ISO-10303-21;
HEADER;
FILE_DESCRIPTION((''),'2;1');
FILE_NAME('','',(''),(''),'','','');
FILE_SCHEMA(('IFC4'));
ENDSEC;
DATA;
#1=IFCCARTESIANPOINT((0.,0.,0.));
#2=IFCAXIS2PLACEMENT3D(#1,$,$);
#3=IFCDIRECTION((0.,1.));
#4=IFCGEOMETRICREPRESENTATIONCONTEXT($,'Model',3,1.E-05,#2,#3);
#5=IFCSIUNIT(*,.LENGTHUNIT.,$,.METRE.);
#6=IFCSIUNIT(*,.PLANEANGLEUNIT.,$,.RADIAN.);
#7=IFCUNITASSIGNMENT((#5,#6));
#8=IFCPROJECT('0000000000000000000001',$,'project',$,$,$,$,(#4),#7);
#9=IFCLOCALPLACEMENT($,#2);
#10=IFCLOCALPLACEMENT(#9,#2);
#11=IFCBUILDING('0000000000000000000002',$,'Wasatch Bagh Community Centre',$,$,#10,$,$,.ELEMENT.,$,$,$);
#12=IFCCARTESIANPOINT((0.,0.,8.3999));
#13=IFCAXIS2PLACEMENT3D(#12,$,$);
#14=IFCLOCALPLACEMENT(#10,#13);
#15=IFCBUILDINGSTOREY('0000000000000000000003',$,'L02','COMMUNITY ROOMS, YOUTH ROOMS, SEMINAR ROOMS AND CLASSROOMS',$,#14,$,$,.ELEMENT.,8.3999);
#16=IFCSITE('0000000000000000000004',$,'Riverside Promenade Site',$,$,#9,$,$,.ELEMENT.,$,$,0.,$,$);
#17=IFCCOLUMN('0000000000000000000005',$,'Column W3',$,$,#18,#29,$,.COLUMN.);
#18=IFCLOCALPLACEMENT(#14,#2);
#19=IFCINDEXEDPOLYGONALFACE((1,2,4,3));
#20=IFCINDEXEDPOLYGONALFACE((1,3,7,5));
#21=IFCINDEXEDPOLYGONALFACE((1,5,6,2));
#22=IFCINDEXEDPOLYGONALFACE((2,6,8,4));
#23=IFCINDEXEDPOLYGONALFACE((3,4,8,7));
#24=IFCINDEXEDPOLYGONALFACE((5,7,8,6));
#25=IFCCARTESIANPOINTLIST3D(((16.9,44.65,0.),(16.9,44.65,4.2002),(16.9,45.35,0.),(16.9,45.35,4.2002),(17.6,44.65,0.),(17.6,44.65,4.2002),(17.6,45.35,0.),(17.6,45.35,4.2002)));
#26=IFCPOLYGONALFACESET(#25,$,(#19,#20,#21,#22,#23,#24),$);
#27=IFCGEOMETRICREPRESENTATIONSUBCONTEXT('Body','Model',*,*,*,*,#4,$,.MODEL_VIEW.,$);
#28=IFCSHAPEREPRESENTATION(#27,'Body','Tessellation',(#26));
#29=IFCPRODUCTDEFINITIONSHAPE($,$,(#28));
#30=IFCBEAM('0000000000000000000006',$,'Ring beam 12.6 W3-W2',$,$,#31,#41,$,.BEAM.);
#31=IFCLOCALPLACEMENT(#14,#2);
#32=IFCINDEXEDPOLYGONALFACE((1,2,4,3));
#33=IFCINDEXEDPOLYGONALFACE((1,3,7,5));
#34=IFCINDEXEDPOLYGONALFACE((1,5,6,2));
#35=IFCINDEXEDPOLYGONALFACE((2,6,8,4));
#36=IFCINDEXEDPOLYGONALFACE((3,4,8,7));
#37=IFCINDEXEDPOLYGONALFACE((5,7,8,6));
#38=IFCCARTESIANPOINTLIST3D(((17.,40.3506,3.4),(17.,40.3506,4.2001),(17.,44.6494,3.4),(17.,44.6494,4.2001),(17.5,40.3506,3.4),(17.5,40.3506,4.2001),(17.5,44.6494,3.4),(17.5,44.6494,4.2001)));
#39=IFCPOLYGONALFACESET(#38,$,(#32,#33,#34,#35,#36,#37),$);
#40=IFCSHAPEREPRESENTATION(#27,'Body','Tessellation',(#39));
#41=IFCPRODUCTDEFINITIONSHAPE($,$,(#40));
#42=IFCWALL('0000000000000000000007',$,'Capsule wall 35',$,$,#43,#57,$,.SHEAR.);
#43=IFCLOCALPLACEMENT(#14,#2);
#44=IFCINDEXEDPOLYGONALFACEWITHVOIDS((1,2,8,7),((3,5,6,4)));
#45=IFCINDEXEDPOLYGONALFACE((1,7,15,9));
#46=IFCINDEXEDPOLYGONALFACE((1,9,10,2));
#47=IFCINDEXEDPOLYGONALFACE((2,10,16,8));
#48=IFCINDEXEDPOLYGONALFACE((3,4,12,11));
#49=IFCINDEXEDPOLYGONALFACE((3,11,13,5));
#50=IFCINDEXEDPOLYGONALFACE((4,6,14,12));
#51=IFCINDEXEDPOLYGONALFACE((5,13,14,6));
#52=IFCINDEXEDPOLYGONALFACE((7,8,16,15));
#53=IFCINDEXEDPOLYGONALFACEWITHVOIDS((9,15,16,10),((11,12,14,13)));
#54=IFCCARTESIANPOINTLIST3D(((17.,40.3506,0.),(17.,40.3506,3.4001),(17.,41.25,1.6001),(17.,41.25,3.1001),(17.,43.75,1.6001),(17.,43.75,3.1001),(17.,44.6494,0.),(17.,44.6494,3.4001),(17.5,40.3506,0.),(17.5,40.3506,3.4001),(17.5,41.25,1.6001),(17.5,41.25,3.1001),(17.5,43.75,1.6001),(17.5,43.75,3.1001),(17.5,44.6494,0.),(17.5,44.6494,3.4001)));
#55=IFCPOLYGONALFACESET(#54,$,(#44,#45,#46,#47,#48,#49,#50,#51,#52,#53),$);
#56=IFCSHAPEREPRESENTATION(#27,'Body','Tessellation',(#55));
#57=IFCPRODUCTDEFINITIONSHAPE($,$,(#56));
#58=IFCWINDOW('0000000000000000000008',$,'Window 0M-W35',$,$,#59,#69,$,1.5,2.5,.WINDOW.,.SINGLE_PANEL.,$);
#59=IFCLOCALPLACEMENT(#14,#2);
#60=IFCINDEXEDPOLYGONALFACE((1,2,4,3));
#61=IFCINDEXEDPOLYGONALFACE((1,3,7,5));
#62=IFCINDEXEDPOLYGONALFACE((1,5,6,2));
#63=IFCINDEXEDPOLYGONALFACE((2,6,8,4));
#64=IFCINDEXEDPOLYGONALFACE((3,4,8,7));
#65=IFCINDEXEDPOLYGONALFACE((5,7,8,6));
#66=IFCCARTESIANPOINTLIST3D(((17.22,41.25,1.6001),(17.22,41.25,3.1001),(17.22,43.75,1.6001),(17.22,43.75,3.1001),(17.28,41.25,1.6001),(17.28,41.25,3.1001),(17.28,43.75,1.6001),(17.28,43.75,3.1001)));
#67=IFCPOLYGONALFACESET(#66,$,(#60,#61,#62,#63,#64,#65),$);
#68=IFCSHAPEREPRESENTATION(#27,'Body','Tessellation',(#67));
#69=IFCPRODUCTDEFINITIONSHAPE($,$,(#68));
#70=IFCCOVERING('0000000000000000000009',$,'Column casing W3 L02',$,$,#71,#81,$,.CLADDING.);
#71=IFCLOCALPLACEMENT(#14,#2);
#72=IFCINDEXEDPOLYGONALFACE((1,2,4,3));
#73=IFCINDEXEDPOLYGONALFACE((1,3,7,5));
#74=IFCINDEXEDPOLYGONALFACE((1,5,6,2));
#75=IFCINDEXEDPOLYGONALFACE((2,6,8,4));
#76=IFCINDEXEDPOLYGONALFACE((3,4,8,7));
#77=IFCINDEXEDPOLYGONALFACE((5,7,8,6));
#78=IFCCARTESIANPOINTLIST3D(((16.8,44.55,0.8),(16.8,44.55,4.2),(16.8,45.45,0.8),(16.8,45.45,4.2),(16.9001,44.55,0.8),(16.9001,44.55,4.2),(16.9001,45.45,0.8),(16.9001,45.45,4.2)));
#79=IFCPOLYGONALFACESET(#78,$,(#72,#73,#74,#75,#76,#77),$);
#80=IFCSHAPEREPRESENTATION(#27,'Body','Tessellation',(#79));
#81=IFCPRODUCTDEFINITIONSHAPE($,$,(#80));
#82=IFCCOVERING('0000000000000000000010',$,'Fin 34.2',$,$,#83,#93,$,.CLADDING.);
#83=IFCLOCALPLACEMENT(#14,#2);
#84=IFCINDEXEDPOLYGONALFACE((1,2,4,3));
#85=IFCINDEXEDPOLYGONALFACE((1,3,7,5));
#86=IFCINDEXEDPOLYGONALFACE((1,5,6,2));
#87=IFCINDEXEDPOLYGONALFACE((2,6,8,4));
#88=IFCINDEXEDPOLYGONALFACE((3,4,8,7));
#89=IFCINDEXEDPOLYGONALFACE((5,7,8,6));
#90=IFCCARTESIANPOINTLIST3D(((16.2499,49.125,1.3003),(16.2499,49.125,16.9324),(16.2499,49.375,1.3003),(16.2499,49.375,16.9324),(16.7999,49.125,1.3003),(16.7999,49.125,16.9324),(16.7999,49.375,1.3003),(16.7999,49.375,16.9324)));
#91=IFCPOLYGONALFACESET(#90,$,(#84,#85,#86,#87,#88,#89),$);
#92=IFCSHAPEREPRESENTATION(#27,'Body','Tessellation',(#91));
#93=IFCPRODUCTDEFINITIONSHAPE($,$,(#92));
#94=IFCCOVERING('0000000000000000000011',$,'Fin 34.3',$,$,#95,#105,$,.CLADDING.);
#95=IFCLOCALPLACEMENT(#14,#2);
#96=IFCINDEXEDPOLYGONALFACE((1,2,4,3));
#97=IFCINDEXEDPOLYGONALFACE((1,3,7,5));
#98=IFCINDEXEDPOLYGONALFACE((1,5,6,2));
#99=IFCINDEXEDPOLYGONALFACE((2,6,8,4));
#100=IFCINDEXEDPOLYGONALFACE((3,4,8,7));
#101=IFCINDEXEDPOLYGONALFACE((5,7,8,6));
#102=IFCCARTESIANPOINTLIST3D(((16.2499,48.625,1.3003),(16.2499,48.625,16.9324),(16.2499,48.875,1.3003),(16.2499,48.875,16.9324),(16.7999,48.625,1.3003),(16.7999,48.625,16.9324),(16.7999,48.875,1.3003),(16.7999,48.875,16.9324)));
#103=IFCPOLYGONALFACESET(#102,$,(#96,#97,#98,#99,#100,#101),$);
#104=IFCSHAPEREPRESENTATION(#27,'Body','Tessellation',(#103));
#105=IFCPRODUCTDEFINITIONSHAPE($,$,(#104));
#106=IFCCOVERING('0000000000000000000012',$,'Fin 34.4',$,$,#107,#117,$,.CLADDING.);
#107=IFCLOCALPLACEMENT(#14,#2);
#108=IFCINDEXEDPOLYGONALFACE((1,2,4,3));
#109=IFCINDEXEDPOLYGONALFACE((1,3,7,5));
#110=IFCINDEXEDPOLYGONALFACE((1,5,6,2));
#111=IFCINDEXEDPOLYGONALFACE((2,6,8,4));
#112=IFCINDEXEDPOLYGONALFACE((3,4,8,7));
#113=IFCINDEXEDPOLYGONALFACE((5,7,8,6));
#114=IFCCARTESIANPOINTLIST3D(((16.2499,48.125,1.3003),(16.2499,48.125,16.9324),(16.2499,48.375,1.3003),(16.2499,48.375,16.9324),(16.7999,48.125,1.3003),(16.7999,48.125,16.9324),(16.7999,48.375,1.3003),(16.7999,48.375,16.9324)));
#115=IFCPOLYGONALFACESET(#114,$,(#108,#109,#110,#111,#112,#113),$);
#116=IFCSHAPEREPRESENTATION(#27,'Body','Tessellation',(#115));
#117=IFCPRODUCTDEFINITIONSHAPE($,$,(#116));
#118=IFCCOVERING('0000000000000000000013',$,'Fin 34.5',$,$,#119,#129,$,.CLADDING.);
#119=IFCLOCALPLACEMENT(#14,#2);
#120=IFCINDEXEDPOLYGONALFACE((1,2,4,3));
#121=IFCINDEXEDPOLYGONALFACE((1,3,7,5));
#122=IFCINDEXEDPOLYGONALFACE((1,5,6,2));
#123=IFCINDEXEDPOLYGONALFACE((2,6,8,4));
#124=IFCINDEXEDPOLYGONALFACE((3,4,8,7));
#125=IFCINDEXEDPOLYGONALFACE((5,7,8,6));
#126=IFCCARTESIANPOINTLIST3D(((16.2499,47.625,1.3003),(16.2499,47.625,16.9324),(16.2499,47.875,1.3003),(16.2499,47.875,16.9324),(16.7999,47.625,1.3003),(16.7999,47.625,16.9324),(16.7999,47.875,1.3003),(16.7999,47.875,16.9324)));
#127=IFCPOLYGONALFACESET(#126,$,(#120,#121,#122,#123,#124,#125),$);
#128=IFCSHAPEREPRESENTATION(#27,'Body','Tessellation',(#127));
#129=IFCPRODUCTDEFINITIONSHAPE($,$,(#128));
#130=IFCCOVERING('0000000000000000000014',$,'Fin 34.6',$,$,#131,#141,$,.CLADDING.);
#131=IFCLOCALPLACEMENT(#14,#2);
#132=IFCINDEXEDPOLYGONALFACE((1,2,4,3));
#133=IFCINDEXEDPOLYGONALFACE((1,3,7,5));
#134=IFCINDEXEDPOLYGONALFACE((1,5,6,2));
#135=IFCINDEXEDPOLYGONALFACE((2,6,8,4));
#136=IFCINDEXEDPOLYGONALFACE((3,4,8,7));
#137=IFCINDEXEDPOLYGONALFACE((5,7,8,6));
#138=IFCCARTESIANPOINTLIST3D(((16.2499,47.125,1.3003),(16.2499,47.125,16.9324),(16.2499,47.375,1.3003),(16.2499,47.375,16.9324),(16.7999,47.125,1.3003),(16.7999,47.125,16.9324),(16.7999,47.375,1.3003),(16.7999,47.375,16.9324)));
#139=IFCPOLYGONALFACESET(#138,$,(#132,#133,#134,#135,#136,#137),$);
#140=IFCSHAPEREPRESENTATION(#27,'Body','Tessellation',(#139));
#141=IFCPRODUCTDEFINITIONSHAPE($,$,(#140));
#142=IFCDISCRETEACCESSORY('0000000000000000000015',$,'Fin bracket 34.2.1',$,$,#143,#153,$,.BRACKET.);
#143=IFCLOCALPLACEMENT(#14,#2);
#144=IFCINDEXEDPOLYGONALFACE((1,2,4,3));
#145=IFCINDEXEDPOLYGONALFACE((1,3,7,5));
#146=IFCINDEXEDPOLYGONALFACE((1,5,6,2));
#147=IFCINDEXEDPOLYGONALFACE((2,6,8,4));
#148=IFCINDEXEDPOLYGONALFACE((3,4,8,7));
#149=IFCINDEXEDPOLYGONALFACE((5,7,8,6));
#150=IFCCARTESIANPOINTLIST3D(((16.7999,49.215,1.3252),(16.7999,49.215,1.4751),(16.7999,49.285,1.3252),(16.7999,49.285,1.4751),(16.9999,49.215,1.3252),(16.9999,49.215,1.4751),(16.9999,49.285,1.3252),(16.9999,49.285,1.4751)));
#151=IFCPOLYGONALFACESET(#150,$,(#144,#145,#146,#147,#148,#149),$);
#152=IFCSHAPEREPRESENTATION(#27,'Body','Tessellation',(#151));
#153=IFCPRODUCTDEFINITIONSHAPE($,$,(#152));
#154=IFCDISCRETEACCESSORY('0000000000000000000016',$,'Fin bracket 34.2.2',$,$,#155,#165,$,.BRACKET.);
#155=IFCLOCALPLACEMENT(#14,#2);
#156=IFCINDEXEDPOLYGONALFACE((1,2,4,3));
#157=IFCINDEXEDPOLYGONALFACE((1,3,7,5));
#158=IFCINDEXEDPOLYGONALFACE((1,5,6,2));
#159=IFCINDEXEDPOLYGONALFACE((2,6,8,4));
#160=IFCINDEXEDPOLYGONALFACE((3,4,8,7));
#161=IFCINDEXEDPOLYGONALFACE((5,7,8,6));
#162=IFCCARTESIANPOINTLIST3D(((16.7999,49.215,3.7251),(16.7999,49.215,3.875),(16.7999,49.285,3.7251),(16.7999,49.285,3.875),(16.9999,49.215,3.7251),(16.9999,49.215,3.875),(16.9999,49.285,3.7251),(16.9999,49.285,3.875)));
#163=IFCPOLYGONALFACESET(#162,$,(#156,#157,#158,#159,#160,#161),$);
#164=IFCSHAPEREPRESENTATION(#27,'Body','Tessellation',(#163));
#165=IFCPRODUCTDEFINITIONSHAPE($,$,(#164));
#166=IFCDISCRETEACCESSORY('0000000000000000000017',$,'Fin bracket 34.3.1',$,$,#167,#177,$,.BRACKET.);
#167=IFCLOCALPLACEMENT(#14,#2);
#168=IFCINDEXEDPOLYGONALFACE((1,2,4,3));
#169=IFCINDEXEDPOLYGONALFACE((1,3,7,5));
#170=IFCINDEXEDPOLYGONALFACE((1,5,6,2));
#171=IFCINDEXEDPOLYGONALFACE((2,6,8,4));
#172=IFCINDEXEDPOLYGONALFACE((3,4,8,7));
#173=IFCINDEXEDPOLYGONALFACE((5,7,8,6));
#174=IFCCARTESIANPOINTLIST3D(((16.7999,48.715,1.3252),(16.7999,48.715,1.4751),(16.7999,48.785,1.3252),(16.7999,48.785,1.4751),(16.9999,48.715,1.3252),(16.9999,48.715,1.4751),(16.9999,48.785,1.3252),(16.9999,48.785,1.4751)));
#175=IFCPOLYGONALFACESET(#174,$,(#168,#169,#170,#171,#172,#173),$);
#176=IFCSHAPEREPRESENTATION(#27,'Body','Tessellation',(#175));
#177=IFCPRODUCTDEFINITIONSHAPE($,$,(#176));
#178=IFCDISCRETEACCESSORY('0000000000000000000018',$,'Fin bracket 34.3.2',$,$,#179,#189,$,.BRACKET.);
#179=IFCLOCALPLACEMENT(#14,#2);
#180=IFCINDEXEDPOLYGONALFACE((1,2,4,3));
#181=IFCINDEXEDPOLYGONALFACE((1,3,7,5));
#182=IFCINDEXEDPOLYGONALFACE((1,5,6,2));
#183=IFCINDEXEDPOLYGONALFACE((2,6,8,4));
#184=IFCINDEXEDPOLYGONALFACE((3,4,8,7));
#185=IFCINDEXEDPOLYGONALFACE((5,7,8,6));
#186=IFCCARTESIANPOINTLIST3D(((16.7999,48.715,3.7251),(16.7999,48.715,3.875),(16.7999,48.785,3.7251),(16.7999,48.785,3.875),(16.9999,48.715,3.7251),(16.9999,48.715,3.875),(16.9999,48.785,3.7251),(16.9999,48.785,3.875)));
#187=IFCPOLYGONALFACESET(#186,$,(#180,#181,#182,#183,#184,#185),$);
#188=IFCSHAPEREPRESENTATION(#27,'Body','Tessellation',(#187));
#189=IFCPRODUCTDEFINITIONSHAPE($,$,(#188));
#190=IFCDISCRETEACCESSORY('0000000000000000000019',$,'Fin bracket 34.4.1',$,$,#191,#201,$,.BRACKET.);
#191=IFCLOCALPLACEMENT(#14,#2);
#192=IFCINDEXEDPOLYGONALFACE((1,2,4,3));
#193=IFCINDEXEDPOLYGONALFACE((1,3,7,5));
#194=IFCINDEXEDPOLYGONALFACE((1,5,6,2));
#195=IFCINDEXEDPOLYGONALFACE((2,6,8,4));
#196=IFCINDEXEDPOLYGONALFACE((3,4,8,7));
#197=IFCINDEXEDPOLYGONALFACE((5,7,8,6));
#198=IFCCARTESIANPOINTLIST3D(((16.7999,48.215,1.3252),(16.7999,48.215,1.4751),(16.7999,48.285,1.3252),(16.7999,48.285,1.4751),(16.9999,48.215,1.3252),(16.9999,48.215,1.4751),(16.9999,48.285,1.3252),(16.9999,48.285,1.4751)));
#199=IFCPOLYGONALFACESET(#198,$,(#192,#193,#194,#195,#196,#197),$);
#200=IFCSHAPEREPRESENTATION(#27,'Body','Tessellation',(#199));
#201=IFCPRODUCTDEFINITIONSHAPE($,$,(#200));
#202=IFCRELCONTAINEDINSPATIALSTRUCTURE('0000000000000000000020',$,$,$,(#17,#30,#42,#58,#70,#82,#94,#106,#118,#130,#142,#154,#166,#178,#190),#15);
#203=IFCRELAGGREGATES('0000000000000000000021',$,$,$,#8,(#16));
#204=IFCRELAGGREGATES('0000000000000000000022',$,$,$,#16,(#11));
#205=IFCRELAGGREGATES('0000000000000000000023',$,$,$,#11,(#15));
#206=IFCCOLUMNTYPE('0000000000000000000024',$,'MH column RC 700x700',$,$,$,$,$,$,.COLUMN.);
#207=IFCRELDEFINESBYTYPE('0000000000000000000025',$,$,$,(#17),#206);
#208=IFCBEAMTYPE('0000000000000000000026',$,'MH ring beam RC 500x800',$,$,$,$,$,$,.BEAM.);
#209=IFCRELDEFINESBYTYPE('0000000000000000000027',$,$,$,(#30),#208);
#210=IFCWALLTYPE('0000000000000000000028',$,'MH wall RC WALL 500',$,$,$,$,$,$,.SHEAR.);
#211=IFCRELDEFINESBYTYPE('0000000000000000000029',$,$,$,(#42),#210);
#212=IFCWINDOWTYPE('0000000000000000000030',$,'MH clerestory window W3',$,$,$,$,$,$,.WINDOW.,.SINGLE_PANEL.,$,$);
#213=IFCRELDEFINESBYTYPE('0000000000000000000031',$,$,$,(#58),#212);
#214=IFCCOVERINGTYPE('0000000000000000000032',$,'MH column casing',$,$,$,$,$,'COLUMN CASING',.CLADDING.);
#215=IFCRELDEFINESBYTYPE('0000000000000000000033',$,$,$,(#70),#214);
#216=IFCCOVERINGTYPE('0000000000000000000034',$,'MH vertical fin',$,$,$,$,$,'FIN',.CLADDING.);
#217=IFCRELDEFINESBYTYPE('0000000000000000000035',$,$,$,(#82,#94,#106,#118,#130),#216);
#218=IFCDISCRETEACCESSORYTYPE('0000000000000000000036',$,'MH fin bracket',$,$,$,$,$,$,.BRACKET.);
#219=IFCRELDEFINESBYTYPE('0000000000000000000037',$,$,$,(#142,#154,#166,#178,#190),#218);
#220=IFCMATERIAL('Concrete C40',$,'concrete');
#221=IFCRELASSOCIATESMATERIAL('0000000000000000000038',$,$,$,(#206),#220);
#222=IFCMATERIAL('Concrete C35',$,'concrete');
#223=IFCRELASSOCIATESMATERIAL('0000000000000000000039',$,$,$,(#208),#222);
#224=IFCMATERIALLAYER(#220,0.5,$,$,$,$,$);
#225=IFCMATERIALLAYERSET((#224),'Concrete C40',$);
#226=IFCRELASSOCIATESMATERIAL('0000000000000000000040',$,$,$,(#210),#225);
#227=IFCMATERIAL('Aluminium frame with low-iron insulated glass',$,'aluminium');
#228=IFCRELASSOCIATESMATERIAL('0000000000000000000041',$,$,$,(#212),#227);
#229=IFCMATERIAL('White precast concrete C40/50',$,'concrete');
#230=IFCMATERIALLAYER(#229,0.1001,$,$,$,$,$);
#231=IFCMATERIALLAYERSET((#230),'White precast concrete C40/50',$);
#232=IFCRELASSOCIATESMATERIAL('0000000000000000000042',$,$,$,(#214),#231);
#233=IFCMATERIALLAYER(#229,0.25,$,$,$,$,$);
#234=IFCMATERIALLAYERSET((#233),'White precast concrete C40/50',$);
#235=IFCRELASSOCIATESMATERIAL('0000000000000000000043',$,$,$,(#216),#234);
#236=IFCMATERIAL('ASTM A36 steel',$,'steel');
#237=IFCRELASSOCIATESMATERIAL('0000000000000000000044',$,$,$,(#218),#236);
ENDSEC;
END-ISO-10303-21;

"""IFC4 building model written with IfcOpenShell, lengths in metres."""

from ifc_helpers import new_model, si_unit, direction, frame, frame_2d, origin, origin_2d, place, context, subcontext, project, spatial, rectangle, extrude, material, layer, layer_set, material_profile, profile_set, type_object, element, fill, save


model = new_model("IFC4")

# Units and contexts
model_context = context("Model", 3, precision=1e-05, world=origin(), true_north=direction((0.0, 1.0)))
body_context = subcontext(model_context, "Body", "Model", "MODEL_VIEW")
ifc_project = project(units=[si_unit("LENGTHUNIT", "METRE"), si_unit("PLANEANGLEUNIT", "RADIAN")], contexts=[model_context])

# Site, building, storey
site_placement = place(None, origin())
site = spatial("IfcSite", under=ifc_project, at=site_placement, Name="Riverside Promenade Site", CompositionType="ELEMENT", RefElevation=0.0)
building_placement = place(site_placement, origin())
building = spatial("IfcBuilding", under=site, at=building_placement, Name="Wasatch Bagh Community Centre", CompositionType="ELEMENT")
storey_placement = place(building_placement, frame((0.0, 0.0, 8.3999)))
storey = spatial("IfcBuildingStorey", under=building, at=storey_placement, Name="L02", Description="COMMUNITY ROOMS, YOUTH ROOMS, SEMINAR ROOMS AND CLASSROOMS", CompositionType="ELEMENT", Elevation=8.3999)

# Column
ifc_material_1 = material(Name="Concrete C40", Category="concrete")
ifc_material_profile_1 = material_profile(ifc_material_1, rectangle(XDim=0.7, YDim=0.7, at=origin_2d()), Name="RC 700x700")
ifc_profile_set_1 = profile_set([ifc_material_profile_1], Name="Concrete C40")
column_type = type_object("IfcColumnType", Name="MH column RC 700x700", PredefinedType="COLUMN", material=ifc_profile_set_1)
column_placement = place(storey_placement, frame((17.25, 45.0, 0.0), z_axis=(0.0, 0.0, 1.0), x_axis=(1.0, 0.0, 0.0)))
element("IfcColumn", 1, at=column_placement, inside=storey, type_object=column_type, Name="Column W3", PredefinedType="COLUMN", context=body_context, shape_type="SweptSolid", body=[
    extrude(rectangle(XDim=0.7, YDim=0.7, at=origin_2d()), origin(), (0.0, 0.0, 1.0), 4.2002),
])

# Beam
ifc_material_2 = material(Name="Concrete C35", Category="concrete")
ifc_material_profile_2 = material_profile(ifc_material_2, rectangle(XDim=0.5, YDim=0.8, at=origin_2d()), Name="RC 500x800")
ifc_profile_set_2 = profile_set([ifc_material_profile_2], Name="Concrete C35")
beam_type = type_object("IfcBeamType", Name="MH ring beam RC 500x800", PredefinedType="BEAM", material=ifc_profile_set_2)
beam_placement = place(storey_placement, frame((17.25, 44.6494, 3.8), z_axis=(0.0, -1.0, 0.0), x_axis=(1.0, 0.0, 0.0)))
element("IfcBeam", 2, at=beam_placement, inside=storey, type_object=beam_type, Name="Ring beam 12.6 W3-W2", PredefinedType="BEAM", context=body_context, shape_type="SweptSolid", body=[
    extrude(rectangle(XDim=0.5, YDim=0.8, at=origin_2d()), origin(), (0.0, 0.0, 1.0), 4.2988),
])

# Wall, opening, window
ifc_layer_1 = layer(ifc_material_1, 0.5)
ifc_layer_set_1 = layer_set([ifc_layer_1], Name="Concrete C40")
wall_type = type_object("IfcWallType", Name="MH wall RC WALL 500", PredefinedType="SHEAR", material=ifc_layer_set_1)
wall_placement = place(storey_placement, frame((17.25, 44.6494, 0.0), z_axis=(0.0, 0.0, 1.0), x_axis=(0.0, -1.0, 0.0)))
wall = element("IfcWall", 3, at=wall_placement, inside=storey, type_object=wall_type, Name="Capsule wall 35", PredefinedType="SHEAR", context=body_context, shape_type="SweptSolid", body=[
    extrude(rectangle(XDim=4.2988, YDim=0.5, at=frame_2d((2.1494, 0.0))), origin(), (0.0, 0.0, 1.0), 3.4001),
])
opening_placement = place(wall_placement, frame((0.8994, 0.0, 1.6001)))
opening = element("IfcOpeningElement", 4, at=opening_placement, cuts=wall, PredefinedType="OPENING", context=body_context, shape_type="SweptSolid", body=[
    extrude(rectangle(XDim=2.5, YDim=1.5, at=frame_2d((1.25, 0.75))), frame((0.0, 0.26, 0.0), z_axis=(0.0, -1.0, 0.0), x_axis=(1.0, 0.0, 0.0)), (0.0, 0.0, 1.0), 0.52),
])
ifc_material_3 = material(Name="Aluminium frame with low-iron insulated glass", Category="aluminium")
window_type = type_object("IfcWindowType", Name="MH clerestory window W3", PartitioningType="SINGLE_PANEL", PredefinedType="WINDOW", material=ifc_material_3)
window_placement = place(opening_placement, origin())
window = element("IfcWindow", 5, at=window_placement, inside=storey, type_object=window_type, Name="Window 0M-W35", OverallHeight=1.5, OverallWidth=2.5, PartitioningType="SINGLE_PANEL", PredefinedType="WINDOW", context=body_context, shape_type="SweptSolid", body=[
    extrude(rectangle(XDim=2.5, YDim=1.5, at=frame_2d((1.25, 0.75))), frame((0.0, 0.03, 0.0), z_axis=(0.0, -1.0, 0.0), x_axis=(1.0, 0.0, 0.0)), (0.0, 0.0, 1.0), 0.0601),
])
fill(opening, window)

# Coverings
ifc_material_4 = material(Name="White precast concrete C40/50", Category="concrete")
ifc_layer_2 = layer(ifc_material_4, 0.1001)
ifc_layer_set_2 = layer_set([ifc_layer_2], Name="White precast concrete C40/50")
covering_type_1 = type_object("IfcCoveringType", Name="MH column casing", ElementType="COLUMN CASING", PredefinedType="CLADDING", material=ifc_layer_set_2)
covering_placement = place(storey_placement, frame((16.8501, 45.0, 0.8), z_axis=(0.0, 0.0, 1.0), x_axis=(0.0, -1.0, 0.0)))
element("IfcCovering", 6, at=covering_placement, inside=storey, type_object=covering_type_1, Name="Column casing W3 L02", PredefinedType="CLADDING", context=body_context, shape_type="SweptSolid", body=[
    extrude(rectangle(XDim=0.8999, YDim=0.1001, at=origin_2d()), origin(), (0.0, 0.0, 1.0), 3.3999),
])
ifc_layer_3 = layer(ifc_material_4, 0.25)
ifc_layer_set_3 = layer_set([ifc_layer_3], Name="White precast concrete C40/50")
covering_type_2 = type_object("IfcCoveringType", Name="MH vertical fin", ElementType="FIN", PredefinedType="CLADDING", material=ifc_layer_set_3)
for number, where, z_axis, x_axis, name in (
    (7, (16.5249, 49.25, 1.3003), (0.0, 0.0, 1.0), (0.0, -1.0, 0.0), "Fin 34.2"),
    (8, (16.5249, 48.75, 1.3003), (0.0, 0.0, 1.0), (0.0, -1.0, 0.0), "Fin 34.3"),
    (9, (16.5249, 48.25, 1.3003), (0.0, 0.0, 1.0), (0.0, -1.0, 0.0), "Fin 34.4"),
    (10, (16.5249, 47.75, 1.3003), (0.0, 0.0, 1.0), (0.0, -1.0, 0.0), "Fin 34.5"),
    (11, (16.5249, 47.25, 1.3003), (0.0, 0.0, 1.0), (0.0, -1.0, 0.0), "Fin 34.6"),
):
    element("IfcCovering", number, at=place(storey_placement, frame(where, z_axis=z_axis, x_axis=x_axis)), inside=storey, type_object=covering_type_2, Name=name, PredefinedType="CLADDING", context=body_context, shape_type="SweptSolid", body=[
        extrude(rectangle(XDim=0.25, YDim=0.55, at=origin_2d()), origin(), (0.0, 0.0, 1.0), 15.6321),
    ])

# Discrete accessories
ifc_material_5 = material(Name="ASTM A36 steel", Category="steel")
discrete_accessory_type = type_object("IfcDiscreteAccessoryType", Name="MH fin bracket", PredefinedType="BRACKET", material=ifc_material_5)
for number, where, z_axis, x_axis, name in (
    (12, (16.8999, 49.25, 1.3252), (0.0, 0.0, 1.0), (0.0, -1.0, 0.0), "Fin bracket 34.2.1"),
    (13, (16.8999, 49.25, 3.7251), (0.0, 0.0, 1.0), (0.0, -1.0, 0.0), "Fin bracket 34.2.2"),
    (14, (16.8999, 48.75, 1.3252), (0.0, 0.0, 1.0), (0.0, -1.0, 0.0), "Fin bracket 34.3.1"),
    (15, (16.8999, 48.75, 3.7251), (0.0, 0.0, 1.0), (0.0, -1.0, 0.0), "Fin bracket 34.3.2"),
    (16, (16.8999, 48.25, 1.3252), (0.0, 0.0, 1.0), (0.0, -1.0, 0.0), "Fin bracket 34.4.1"),
):
    element("IfcDiscreteAccessory", number, at=place(storey_placement, frame(where, z_axis=z_axis, x_axis=x_axis)), inside=storey, type_object=discrete_accessory_type, Name=name, PredefinedType="BRACKET", context=body_context, shape_type="SweptSolid", body=[
        extrude(rectangle(XDim=0.0701, YDim=0.2, at=origin_2d()), origin(), (0.0, 0.0, 1.0), 0.1499),
    ])

save(model, "model.ifc")
